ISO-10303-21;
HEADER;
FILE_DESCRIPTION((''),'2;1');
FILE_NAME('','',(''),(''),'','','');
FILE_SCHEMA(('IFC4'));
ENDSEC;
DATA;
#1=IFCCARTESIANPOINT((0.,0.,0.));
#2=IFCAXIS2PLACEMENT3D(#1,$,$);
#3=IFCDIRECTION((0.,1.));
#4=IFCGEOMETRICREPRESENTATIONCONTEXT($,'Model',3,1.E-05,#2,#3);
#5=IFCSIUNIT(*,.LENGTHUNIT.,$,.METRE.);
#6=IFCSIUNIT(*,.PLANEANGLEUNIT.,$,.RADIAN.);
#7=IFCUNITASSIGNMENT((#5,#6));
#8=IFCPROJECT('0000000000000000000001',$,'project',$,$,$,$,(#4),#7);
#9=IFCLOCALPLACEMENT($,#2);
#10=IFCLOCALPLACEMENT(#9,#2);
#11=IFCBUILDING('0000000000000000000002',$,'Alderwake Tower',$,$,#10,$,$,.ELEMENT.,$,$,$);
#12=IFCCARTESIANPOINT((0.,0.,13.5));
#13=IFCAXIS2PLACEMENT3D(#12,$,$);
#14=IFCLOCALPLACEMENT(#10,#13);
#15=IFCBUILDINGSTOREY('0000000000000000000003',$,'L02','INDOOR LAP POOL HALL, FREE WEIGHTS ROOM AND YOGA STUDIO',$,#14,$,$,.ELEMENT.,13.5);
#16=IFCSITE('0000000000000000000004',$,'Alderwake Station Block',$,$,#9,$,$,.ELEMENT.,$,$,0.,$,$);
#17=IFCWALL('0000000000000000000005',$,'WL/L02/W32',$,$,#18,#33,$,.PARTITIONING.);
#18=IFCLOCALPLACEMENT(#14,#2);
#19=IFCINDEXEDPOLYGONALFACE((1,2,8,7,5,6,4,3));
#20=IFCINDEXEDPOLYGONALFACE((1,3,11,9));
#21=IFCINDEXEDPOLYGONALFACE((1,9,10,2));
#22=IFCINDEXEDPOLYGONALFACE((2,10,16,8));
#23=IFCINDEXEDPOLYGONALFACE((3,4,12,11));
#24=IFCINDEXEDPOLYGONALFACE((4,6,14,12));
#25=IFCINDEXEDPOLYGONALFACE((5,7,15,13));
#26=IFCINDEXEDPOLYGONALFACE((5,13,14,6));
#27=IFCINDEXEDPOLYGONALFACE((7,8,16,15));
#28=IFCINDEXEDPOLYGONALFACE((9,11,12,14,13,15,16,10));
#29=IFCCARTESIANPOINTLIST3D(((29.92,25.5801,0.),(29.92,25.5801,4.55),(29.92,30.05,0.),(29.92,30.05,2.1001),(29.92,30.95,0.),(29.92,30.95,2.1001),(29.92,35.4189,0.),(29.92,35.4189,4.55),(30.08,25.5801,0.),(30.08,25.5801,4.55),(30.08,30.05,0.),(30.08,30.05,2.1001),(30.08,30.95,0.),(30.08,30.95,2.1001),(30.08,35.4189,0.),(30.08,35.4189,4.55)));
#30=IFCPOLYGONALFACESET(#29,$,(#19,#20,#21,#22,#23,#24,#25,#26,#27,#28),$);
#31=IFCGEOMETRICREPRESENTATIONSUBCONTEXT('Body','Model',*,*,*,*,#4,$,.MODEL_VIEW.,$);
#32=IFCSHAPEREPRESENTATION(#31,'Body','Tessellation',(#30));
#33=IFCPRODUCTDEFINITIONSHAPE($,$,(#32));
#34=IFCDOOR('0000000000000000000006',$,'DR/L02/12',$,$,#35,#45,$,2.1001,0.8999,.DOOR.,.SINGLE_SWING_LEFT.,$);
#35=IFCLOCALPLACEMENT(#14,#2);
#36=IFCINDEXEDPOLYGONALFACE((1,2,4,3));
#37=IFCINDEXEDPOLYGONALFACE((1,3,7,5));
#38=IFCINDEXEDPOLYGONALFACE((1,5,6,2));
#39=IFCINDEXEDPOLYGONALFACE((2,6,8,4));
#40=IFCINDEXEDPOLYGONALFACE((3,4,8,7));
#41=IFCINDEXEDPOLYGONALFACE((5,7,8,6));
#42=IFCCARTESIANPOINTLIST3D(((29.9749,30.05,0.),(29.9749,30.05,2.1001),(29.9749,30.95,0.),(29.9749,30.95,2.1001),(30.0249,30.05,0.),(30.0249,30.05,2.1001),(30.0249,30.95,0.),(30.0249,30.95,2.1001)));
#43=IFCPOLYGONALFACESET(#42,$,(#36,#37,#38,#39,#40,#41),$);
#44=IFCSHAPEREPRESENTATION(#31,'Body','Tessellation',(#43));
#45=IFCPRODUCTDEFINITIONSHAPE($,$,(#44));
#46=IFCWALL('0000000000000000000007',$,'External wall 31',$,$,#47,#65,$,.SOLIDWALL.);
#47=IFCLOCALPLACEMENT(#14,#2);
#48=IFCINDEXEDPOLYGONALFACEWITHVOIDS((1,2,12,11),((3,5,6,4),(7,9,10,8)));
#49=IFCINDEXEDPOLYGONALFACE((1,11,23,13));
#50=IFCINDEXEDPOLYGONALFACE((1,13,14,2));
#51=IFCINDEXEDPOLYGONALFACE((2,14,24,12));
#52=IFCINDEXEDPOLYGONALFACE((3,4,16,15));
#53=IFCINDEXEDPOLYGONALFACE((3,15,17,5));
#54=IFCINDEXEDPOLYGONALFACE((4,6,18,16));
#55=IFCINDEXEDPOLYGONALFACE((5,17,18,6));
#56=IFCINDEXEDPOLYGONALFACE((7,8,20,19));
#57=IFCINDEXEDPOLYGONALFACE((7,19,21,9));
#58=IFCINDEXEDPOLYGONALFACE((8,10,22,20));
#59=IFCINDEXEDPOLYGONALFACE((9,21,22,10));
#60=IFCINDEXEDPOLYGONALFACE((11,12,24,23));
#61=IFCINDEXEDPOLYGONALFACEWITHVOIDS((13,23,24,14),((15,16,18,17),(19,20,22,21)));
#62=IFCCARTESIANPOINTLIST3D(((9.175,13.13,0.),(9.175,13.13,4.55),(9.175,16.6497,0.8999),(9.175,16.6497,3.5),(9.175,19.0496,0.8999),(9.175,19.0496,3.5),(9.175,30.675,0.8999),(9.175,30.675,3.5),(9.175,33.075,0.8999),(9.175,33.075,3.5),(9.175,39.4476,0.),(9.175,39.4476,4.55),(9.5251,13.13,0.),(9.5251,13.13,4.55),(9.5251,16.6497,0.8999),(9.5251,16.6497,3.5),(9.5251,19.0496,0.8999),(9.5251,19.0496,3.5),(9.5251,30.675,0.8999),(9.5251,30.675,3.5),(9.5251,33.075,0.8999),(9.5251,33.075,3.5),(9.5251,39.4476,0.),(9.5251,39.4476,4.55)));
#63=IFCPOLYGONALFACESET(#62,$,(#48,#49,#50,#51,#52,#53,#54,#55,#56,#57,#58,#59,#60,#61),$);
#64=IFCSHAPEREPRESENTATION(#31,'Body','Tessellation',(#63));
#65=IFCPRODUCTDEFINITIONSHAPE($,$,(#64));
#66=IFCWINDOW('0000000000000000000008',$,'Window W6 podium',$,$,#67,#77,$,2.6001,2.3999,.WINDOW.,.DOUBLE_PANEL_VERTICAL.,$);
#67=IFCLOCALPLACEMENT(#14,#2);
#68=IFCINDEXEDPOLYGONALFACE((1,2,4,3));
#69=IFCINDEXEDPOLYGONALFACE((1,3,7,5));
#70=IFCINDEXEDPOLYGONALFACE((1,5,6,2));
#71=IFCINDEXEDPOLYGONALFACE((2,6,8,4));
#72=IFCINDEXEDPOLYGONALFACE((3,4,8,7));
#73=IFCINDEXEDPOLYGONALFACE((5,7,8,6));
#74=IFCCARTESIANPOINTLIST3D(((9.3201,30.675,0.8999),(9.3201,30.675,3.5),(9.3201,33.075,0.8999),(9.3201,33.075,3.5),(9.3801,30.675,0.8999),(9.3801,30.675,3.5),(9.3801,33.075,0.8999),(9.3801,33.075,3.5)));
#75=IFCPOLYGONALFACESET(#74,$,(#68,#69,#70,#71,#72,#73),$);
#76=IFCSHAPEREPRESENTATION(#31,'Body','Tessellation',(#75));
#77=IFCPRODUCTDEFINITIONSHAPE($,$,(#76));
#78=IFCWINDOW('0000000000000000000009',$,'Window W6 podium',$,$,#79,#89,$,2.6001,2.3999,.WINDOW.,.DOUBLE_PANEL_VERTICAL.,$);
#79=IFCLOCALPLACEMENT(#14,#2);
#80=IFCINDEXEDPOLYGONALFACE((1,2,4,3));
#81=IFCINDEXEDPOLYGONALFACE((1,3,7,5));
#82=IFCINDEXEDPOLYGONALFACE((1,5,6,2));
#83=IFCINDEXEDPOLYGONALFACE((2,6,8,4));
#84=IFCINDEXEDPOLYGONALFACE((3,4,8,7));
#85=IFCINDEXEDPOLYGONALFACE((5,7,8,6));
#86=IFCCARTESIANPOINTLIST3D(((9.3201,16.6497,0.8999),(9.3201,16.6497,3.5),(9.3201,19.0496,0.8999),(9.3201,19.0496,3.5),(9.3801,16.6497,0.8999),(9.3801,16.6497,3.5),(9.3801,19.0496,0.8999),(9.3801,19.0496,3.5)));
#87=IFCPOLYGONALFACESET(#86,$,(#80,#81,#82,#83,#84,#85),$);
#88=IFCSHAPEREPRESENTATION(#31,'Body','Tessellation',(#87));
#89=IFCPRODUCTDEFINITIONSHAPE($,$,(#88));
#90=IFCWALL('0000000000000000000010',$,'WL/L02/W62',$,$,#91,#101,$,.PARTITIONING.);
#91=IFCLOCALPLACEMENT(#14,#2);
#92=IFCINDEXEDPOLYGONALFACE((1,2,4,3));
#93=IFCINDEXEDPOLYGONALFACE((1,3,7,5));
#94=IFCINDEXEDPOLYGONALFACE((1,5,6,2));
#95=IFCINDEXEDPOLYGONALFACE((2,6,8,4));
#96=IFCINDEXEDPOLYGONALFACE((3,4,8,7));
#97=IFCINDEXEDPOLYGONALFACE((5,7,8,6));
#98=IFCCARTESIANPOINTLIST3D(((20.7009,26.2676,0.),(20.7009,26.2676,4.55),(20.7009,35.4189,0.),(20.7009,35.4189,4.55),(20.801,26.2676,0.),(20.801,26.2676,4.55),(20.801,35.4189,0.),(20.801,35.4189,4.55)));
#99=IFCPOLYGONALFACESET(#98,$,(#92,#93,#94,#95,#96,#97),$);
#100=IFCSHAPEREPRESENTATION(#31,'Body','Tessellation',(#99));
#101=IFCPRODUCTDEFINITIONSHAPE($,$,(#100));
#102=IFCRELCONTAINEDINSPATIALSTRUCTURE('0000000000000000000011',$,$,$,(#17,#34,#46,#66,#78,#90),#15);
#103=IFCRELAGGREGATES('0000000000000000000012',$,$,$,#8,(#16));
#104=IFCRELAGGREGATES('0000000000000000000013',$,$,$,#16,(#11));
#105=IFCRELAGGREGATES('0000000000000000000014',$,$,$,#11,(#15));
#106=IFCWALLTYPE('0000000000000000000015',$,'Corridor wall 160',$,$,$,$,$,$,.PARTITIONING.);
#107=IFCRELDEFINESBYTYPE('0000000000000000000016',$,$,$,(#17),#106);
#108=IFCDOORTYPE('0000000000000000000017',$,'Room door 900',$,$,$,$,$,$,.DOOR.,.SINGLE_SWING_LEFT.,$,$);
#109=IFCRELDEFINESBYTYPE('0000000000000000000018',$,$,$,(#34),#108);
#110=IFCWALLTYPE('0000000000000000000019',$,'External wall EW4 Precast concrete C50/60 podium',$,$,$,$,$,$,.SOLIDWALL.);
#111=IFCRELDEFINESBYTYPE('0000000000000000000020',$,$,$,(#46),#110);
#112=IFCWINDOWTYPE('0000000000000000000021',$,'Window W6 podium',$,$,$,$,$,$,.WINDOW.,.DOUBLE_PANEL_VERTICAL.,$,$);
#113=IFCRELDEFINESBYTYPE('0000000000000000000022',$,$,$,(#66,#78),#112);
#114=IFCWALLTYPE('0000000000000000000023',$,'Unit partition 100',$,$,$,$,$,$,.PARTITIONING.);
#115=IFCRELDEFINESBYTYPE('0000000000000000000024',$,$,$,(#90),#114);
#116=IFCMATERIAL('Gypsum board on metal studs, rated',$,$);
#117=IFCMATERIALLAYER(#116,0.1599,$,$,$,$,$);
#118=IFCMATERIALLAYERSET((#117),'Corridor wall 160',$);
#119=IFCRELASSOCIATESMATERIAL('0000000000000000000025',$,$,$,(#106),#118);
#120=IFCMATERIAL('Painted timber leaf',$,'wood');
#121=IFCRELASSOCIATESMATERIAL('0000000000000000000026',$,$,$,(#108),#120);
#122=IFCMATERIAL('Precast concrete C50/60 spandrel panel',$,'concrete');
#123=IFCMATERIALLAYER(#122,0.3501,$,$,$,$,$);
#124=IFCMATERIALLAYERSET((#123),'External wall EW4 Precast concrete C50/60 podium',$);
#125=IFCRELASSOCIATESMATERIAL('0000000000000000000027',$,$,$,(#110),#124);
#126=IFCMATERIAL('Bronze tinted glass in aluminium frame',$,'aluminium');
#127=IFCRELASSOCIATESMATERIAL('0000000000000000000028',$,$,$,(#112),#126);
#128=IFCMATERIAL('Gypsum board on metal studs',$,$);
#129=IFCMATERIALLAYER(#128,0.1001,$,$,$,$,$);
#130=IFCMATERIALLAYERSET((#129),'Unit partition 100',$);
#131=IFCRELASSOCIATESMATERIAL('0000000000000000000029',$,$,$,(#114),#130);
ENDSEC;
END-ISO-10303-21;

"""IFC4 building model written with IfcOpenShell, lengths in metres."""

from ifc_helpers import new_model, si_unit, direction, frame, frame_2d, origin, place, context, subcontext, project, spatial, rectangle, extrude, material, layer, layer_set, type_object, element, fill, save


model = new_model("IFC4")

# Units and contexts
model_context = context("Model", 3, precision=1e-05, world=origin(), true_north=direction((0.0, 1.0)))
body_context = subcontext(model_context, "Body", "Model", "MODEL_VIEW")
ifc_project = project(units=[si_unit("LENGTHUNIT", "METRE"), si_unit("PLANEANGLEUNIT", "RADIAN")], contexts=[model_context])

# Site, building, storey
site_placement = place(None, origin())
site = spatial("IfcSite", under=ifc_project, at=site_placement, Name="Alderwake Station Block", CompositionType="ELEMENT", RefElevation=0.0)
building_placement = place(site_placement, origin())
building = spatial("IfcBuilding", under=site, at=building_placement, Name="Alderwake Tower", CompositionType="ELEMENT")
storey_placement = place(building_placement, frame((0.0, 0.0, 13.5)))
storey = spatial("IfcBuildingStorey", under=building, at=storey_placement, Name="L02", Description="INDOOR LAP POOL HALL, FREE WEIGHTS ROOM AND YOGA STUDIO", CompositionType="ELEMENT", Elevation=13.5)

# Shared definitions
ifc_material_1 = material(Name="Gypsum board on metal studs, rated")
ifc_layer_1 = layer(ifc_material_1, 0.1599)
ifc_layer_set_1 = layer_set([ifc_layer_1], Name="Corridor wall 160")
wall_type_1 = type_object("IfcWallType", Name="Corridor wall 160", PredefinedType="PARTITIONING", material=ifc_layer_set_1)
ifc_material_2 = material(Name="Painted timber leaf", Category="wood")
door_type_1 = type_object("IfcDoorType", Name="Room door 900", OperationType="SINGLE_SWING_LEFT", PredefinedType="DOOR", material=ifc_material_2)

# Wall, opening, door
wall_1_placement = place(storey_placement, frame((30.0, 35.4189, 0.0), z_axis=(0.0, 0.0, 1.0), x_axis=(0.0, -1.0, 0.0)))
wall_1 = element("IfcWall", 1, at=wall_1_placement, inside=storey, type_object=wall_type_1, Name="WL/L02/W32", PredefinedType="PARTITIONING", context=body_context, shape_type="SweptSolid", body=[
    extrude(rectangle(XDim=9.8389, YDim=0.1599, at=frame_2d((4.9194, 0.0))), origin(), (0.0, 0.0, 1.0), 4.55),
])
opening_1_placement = place(wall_1_placement, frame((4.469, 0.0, 0.0)))
opening_1 = element("IfcOpeningElement", 2, at=opening_1_placement, cuts=wall_1, PredefinedType="OPENING", context=body_context, shape_type="SweptSolid", body=[
    extrude(rectangle(XDim=0.8999, YDim=2.1001, at=frame_2d((0.45, 1.05))), frame((0.0, 0.0898, 0.0), z_axis=(0.0, -1.0, 0.0), x_axis=(1.0, 0.0, 0.0)), (0.0, 0.0, 1.0), 0.1799),
])
door_1_placement = place(opening_1_placement, origin())
door_1 = element("IfcDoor", 3, at=door_1_placement, inside=storey, type_object=door_type_1, Name="DR/L02/12", OperationType="SINGLE_SWING_LEFT", OverallHeight=2.1001, OverallWidth=0.8999, PredefinedType="DOOR", context=body_context, shape_type="SweptSolid", body=[
    extrude(rectangle(XDim=0.8999, YDim=2.1001, at=frame_2d((0.45, 1.05))), frame((0.0, 0.0249, 0.0), z_axis=(0.0, -1.0, 0.0), x_axis=(1.0, 0.0, 0.0)), (0.0, 0.0, 1.0), 0.05),
])
fill(opening_1, door_1)
ifc_material_3 = material(Name="Precast concrete C50/60 spandrel panel", Category="concrete")
ifc_layer_2 = layer(ifc_material_3, 0.3501)
ifc_layer_set_2 = layer_set([ifc_layer_2], Name="External wall EW4 Precast concrete C50/60 podium")
wall_type_2 = type_object("IfcWallType", Name="External wall EW4 Precast concrete C50/60 podium", PredefinedType="SOLIDWALL", material=ifc_layer_set_2)

# Wall, openings, windows
wall_2_placement = place(storey_placement, frame((9.3501, 39.4475, 0.0), z_axis=(0.0, 0.0, 1.0), x_axis=(0.0, -1.0, 0.0)))
wall_2 = element("IfcWall", 4, at=wall_2_placement, inside=storey, type_object=wall_type_2, Name="External wall 31", PredefinedType="SOLIDWALL", context=body_context, shape_type="SweptSolid", body=[
    extrude(rectangle(XDim=26.3176, YDim=0.3501, at=frame_2d((13.1587, 0.0))), origin(), (0.0, 0.0, 1.0), 4.55),
])
opening_2_placement = place(wall_2_placement, frame((6.3726, 0.0, 0.8999)))
opening_2 = element("IfcOpeningElement", 5, at=opening_2_placement, cuts=wall_2, PredefinedType="OPENING", context=body_context, shape_type="SweptSolid", body=[
    extrude(rectangle(XDim=2.3999, YDim=2.6001, at=frame_2d((1.2, 1.3))), frame((0.0, 0.1851, 0.0), z_axis=(0.0, -1.0, 0.0), x_axis=(1.0, 0.0, 0.0)), (0.0, 0.0, 1.0), 0.3701),
])
opening_3_placement = place(wall_2_placement, frame((20.3979, 0.0, 0.8999)))
opening_3 = element("IfcOpeningElement", 6, at=opening_3_placement, cuts=wall_2, PredefinedType="OPENING", context=body_context, shape_type="SweptSolid", body=[
    extrude(rectangle(XDim=2.3999, YDim=2.6001, at=frame_2d((1.2, 1.3))), frame((0.0, 0.1851, 0.0), z_axis=(0.0, -1.0, 0.0), x_axis=(1.0, 0.0, 0.0)), (0.0, 0.0, 1.0), 0.3701),
])
ifc_material_4 = material(Name="Bronze tinted glass in aluminium frame", Category="aluminium")
window_type = type_object("IfcWindowType", Name="Window W6 podium", PartitioningType="DOUBLE_PANEL_VERTICAL", PredefinedType="WINDOW", material=ifc_material_4)
window_1_placement = place(opening_2_placement, origin())
window_1 = element("IfcWindow", 7, at=window_1_placement, inside=storey, type_object=window_type, Name="Window W6 podium", OverallHeight=2.6001, OverallWidth=2.3999, PartitioningType="DOUBLE_PANEL_VERTICAL", PredefinedType="WINDOW", context=body_context, shape_type="SweptSolid", body=[
    extrude(rectangle(XDim=2.3999, YDim=2.6001, at=frame_2d((1.2, 1.3))), frame((0.0, 0.03, 0.0), z_axis=(0.0, -1.0, 0.0), x_axis=(1.0, 0.0, 0.0)), (0.0, 0.0, 1.0), 0.0601),
])
fill(opening_2, window_1)
window_2_placement = place(opening_3_placement, origin())
window_2 = element("IfcWindow", 8, at=window_2_placement, inside=storey, type_object=window_type, Name="Window W6 podium", OverallHeight=2.6001, OverallWidth=2.3999, PartitioningType="DOUBLE_PANEL_VERTICAL", PredefinedType="WINDOW", context=body_context, shape_type="SweptSolid", body=[
    extrude(rectangle(XDim=2.3999, YDim=2.6001, at=frame_2d((1.2, 1.3))), frame((0.0, 0.03, 0.0), z_axis=(0.0, -1.0, 0.0), x_axis=(1.0, 0.0, 0.0)), (0.0, 0.0, 1.0), 0.0601),
])
fill(opening_3, window_2)

# Wall
ifc_material_5 = material(Name="Gypsum board on metal studs")
ifc_layer_3 = layer(ifc_material_5, 0.1001)
ifc_layer_set_3 = layer_set([ifc_layer_3], Name="Unit partition 100")
wall_type_3 = type_object("IfcWallType", Name="Unit partition 100", PredefinedType="PARTITIONING", material=ifc_layer_set_3)
wall_3_placement = place(storey_placement, frame((20.751, 26.2676, 0.0), z_axis=(0.0, 0.0, 1.0), x_axis=(0.0, 1.0, 0.0)))
element("IfcWall", 9, at=wall_3_placement, inside=storey, type_object=wall_type_3, Name="WL/L02/W62", PredefinedType="PARTITIONING", context=body_context, shape_type="SweptSolid", body=[
    extrude(rectangle(XDim=9.1514, YDim=0.1001, at=frame_2d((4.5757, 0.0))), origin(), (0.0, 0.0, 1.0), 4.55),
])

save(model, "model.ifc")
